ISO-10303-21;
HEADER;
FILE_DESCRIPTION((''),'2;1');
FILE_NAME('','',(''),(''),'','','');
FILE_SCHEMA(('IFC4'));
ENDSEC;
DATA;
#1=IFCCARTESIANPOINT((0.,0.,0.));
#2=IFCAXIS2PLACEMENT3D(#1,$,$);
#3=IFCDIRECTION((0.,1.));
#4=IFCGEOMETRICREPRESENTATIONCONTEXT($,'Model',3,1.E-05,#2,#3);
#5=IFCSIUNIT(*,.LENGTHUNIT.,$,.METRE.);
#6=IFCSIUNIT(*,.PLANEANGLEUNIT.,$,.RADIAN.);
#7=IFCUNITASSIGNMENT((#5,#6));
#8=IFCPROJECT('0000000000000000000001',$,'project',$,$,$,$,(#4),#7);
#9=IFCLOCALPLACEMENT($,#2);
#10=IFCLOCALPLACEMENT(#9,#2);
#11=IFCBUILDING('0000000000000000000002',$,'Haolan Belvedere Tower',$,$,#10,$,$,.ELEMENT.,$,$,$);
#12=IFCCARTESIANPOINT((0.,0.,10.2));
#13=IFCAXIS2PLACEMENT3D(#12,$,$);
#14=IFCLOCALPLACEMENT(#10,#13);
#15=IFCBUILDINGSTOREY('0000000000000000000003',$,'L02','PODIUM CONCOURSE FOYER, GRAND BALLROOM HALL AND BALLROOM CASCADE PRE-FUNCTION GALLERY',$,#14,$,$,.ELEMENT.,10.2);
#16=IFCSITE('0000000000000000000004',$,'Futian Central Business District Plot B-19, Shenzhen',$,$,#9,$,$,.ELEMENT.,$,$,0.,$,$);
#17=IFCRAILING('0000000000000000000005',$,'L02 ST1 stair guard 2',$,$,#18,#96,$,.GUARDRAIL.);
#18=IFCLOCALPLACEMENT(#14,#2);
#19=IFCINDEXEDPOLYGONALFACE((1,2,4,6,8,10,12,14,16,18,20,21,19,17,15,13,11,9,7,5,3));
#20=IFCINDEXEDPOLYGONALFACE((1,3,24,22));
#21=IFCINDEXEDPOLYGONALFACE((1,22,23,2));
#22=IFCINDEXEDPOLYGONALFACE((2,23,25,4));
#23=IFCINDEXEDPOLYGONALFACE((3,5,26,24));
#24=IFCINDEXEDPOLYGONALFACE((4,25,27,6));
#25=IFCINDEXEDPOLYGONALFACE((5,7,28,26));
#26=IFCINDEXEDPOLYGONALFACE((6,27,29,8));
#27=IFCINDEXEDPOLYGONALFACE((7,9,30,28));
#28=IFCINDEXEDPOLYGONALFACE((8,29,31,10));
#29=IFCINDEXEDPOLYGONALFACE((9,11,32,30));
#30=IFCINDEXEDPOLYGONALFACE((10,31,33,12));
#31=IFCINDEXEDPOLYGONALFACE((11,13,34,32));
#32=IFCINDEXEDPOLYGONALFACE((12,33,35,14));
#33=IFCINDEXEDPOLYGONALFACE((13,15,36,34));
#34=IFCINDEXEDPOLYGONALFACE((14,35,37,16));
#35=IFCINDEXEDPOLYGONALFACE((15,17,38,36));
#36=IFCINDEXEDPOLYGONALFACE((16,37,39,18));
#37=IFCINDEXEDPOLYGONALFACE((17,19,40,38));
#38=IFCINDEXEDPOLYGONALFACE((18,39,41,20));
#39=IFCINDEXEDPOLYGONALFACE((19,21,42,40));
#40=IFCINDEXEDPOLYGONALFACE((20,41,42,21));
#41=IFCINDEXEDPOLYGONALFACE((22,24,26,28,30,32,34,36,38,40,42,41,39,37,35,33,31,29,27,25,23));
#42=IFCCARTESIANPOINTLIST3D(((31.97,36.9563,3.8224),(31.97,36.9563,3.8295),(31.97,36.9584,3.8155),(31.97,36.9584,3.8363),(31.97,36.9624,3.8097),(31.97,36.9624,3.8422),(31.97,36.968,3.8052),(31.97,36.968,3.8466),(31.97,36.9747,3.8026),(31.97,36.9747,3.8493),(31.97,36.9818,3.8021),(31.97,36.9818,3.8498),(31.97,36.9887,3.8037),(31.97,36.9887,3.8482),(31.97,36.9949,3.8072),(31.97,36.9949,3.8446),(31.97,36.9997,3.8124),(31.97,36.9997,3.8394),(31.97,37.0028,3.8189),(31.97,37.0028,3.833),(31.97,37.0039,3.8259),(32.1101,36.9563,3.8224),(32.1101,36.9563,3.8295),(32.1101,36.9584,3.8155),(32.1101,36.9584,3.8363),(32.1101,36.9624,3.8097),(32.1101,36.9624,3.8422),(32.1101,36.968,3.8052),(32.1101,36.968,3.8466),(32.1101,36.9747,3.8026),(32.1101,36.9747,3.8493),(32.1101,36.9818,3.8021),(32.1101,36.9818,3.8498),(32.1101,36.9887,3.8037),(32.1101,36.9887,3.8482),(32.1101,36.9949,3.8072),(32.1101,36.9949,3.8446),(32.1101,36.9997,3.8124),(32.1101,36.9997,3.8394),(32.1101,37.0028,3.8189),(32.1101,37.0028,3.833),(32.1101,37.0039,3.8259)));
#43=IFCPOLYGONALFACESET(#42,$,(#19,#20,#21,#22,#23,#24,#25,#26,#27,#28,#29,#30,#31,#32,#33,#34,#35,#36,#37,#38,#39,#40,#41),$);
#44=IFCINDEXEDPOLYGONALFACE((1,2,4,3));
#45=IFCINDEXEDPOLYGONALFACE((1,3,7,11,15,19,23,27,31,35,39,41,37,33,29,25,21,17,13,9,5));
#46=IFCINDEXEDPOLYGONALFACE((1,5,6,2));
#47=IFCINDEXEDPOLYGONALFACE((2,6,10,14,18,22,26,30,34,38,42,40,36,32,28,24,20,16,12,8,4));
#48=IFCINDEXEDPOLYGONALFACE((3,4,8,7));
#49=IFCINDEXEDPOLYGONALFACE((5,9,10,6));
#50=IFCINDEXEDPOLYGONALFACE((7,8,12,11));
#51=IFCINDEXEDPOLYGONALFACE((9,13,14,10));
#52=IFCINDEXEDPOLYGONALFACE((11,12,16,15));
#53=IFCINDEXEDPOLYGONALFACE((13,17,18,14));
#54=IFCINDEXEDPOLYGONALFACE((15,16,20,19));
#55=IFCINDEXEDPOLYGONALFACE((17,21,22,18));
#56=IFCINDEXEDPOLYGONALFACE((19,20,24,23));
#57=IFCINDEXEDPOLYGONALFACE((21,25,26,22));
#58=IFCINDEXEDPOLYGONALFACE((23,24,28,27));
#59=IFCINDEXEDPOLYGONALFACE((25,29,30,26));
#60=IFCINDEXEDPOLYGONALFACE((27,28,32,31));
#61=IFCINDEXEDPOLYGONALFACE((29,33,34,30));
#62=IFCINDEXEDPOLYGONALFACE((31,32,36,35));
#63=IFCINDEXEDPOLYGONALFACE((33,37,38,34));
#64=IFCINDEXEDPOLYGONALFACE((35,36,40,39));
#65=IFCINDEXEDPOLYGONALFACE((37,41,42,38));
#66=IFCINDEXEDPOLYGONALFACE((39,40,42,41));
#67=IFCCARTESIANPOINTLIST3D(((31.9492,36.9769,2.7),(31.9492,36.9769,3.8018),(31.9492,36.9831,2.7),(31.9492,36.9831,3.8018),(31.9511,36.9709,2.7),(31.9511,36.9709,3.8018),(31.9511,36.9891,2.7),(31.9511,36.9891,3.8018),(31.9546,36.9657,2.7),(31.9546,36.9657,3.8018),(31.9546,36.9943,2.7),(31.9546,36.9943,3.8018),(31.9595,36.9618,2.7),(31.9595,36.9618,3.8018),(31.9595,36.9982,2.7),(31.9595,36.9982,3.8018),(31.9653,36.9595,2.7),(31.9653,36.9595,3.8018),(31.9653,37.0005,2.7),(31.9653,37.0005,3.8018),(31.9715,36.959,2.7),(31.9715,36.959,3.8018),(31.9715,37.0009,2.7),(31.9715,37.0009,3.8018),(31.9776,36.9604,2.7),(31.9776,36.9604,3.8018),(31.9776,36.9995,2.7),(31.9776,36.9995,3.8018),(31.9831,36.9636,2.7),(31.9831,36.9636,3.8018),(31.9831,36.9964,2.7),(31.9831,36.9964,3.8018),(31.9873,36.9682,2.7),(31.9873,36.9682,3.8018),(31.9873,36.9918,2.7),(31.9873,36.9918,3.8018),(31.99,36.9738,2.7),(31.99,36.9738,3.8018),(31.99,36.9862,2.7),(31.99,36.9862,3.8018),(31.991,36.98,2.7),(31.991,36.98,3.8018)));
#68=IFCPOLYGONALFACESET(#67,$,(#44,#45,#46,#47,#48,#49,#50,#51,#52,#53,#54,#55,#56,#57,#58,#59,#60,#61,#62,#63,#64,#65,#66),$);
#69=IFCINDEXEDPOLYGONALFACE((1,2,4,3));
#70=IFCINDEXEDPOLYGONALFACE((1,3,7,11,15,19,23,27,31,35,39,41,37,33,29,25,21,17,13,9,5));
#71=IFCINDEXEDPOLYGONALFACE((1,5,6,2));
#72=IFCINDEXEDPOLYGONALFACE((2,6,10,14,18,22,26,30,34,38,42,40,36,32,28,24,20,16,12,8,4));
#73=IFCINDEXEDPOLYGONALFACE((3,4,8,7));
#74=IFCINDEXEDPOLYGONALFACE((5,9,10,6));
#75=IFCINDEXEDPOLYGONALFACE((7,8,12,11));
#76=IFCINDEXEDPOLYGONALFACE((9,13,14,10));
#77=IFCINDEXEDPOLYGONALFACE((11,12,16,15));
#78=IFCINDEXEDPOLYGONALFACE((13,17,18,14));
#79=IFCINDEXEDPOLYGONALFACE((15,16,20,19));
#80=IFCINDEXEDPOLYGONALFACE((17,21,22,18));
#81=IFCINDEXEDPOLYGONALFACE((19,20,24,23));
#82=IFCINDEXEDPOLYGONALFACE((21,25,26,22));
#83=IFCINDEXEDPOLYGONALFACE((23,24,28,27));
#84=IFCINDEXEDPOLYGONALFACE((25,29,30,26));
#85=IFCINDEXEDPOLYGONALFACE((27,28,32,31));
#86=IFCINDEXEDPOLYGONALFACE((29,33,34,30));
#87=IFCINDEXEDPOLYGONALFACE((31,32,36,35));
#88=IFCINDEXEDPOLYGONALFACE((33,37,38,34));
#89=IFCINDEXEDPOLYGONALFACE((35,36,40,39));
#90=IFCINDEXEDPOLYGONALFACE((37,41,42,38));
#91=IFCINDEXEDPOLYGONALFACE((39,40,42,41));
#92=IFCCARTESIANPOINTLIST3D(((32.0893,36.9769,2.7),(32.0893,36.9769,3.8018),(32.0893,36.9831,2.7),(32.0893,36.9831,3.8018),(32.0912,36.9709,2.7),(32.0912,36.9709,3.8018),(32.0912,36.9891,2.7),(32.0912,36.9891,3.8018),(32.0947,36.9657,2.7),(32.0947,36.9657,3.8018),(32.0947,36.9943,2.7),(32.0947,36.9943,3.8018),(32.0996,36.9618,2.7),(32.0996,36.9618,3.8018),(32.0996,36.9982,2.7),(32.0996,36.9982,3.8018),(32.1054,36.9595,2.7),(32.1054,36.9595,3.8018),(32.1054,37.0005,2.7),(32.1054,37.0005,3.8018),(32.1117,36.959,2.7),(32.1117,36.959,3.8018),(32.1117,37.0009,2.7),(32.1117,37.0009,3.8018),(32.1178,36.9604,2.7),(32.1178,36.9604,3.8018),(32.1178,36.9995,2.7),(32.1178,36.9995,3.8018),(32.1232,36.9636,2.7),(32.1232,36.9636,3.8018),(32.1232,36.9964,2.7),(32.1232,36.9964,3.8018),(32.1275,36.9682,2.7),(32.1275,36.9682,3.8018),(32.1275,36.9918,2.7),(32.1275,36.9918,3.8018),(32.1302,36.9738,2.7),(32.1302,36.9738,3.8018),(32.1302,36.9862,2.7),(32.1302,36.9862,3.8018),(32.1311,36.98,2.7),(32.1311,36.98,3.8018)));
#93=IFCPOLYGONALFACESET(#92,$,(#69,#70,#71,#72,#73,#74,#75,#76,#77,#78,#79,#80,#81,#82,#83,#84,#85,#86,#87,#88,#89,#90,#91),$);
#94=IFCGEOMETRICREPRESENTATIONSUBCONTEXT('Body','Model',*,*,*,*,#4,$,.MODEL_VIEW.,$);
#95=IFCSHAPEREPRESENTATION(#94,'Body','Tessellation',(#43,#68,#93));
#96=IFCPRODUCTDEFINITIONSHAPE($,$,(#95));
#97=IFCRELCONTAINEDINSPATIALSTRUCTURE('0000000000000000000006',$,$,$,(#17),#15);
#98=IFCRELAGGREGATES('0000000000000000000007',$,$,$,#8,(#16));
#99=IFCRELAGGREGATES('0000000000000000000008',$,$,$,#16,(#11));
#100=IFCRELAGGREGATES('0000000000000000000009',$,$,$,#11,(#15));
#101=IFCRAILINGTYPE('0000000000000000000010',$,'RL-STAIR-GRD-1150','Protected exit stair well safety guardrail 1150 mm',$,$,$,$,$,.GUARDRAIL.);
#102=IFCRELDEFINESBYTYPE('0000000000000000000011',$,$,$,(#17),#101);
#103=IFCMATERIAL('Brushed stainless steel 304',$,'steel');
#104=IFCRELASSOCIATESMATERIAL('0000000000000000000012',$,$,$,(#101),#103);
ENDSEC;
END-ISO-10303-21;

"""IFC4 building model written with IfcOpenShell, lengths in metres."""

from ifc_helpers import new_model, si_unit, direction, frame, origin, origin_2d, place, context, subcontext, project, spatial, circle, extrude, material, type_object, element, save


model = new_model("IFC4")

# Units and contexts
model_context = context("Model", 3, precision=1e-05, world=origin(), true_north=direction((0.0, 1.0)))
body_context = subcontext(model_context, "Body", "Model", "MODEL_VIEW")
ifc_project = project(units=[si_unit("LENGTHUNIT", "METRE"), si_unit("PLANEANGLEUNIT", "RADIAN")], contexts=[model_context])

# Site, building, storey
site_placement = place(None, origin())
site = spatial("IfcSite", under=ifc_project, at=site_placement, Name="Futian Central Business District Plot B-19, Shenzhen", CompositionType="ELEMENT", RefElevation=0.0)
building_placement = place(site_placement, origin())
building = spatial("IfcBuilding", under=site, at=building_placement, Name="Haolan Belvedere Tower", CompositionType="ELEMENT")
storey_placement = place(building_placement, frame((0.0, 0.0, 10.2)))
storey = spatial("IfcBuildingStorey", under=building, at=storey_placement, Name="L02", Description="PODIUM CONCOURSE FOYER, GRAND BALLROOM HALL AND BALLROOM CASCADE PRE-FUNCTION GALLERY", CompositionType="ELEMENT", Elevation=10.2)

# Railing
ifc_material_1 = material(Name="Brushed stainless steel 304", Category="steel")
railing_type_1 = type_object("IfcRailingType", Name="RL-STAIR-GRD-1150", Description="Protected exit stair well safety guardrail 1150 mm", PredefinedType="GUARDRAIL", material=ifc_material_1)
railing_1_placement = place(storey_placement, frame((31.97, 36.98, 2.7)))
element("IfcRailing", 1, at=railing_1_placement, inside=storey, type_object=railing_type_1, Name="L02 ST1 stair guard 2", PredefinedType="GUARDRAIL", context=body_context, shape_type="SweptSolid", body=[
    extrude(circle(Radius=0.0239, at=origin_2d()), frame((0.0, 0.0, 1.126), z_axis=(1.0, 0.0, 0.0), x_axis=(0.0, 1.0, 0.0)), (0.0, 0.0, 1.0), 0.1401),
    extrude(circle(Radius=0.021, at=origin_2d()), origin(), (0.0, 0.0, 1.0), 1.1018),
    extrude(circle(Radius=0.021, at=origin_2d()), frame((0.1401, 0.0, 0.0)), (0.0, 0.0, 1.0), 1.1018),
])

save(model, "model.ifc")
